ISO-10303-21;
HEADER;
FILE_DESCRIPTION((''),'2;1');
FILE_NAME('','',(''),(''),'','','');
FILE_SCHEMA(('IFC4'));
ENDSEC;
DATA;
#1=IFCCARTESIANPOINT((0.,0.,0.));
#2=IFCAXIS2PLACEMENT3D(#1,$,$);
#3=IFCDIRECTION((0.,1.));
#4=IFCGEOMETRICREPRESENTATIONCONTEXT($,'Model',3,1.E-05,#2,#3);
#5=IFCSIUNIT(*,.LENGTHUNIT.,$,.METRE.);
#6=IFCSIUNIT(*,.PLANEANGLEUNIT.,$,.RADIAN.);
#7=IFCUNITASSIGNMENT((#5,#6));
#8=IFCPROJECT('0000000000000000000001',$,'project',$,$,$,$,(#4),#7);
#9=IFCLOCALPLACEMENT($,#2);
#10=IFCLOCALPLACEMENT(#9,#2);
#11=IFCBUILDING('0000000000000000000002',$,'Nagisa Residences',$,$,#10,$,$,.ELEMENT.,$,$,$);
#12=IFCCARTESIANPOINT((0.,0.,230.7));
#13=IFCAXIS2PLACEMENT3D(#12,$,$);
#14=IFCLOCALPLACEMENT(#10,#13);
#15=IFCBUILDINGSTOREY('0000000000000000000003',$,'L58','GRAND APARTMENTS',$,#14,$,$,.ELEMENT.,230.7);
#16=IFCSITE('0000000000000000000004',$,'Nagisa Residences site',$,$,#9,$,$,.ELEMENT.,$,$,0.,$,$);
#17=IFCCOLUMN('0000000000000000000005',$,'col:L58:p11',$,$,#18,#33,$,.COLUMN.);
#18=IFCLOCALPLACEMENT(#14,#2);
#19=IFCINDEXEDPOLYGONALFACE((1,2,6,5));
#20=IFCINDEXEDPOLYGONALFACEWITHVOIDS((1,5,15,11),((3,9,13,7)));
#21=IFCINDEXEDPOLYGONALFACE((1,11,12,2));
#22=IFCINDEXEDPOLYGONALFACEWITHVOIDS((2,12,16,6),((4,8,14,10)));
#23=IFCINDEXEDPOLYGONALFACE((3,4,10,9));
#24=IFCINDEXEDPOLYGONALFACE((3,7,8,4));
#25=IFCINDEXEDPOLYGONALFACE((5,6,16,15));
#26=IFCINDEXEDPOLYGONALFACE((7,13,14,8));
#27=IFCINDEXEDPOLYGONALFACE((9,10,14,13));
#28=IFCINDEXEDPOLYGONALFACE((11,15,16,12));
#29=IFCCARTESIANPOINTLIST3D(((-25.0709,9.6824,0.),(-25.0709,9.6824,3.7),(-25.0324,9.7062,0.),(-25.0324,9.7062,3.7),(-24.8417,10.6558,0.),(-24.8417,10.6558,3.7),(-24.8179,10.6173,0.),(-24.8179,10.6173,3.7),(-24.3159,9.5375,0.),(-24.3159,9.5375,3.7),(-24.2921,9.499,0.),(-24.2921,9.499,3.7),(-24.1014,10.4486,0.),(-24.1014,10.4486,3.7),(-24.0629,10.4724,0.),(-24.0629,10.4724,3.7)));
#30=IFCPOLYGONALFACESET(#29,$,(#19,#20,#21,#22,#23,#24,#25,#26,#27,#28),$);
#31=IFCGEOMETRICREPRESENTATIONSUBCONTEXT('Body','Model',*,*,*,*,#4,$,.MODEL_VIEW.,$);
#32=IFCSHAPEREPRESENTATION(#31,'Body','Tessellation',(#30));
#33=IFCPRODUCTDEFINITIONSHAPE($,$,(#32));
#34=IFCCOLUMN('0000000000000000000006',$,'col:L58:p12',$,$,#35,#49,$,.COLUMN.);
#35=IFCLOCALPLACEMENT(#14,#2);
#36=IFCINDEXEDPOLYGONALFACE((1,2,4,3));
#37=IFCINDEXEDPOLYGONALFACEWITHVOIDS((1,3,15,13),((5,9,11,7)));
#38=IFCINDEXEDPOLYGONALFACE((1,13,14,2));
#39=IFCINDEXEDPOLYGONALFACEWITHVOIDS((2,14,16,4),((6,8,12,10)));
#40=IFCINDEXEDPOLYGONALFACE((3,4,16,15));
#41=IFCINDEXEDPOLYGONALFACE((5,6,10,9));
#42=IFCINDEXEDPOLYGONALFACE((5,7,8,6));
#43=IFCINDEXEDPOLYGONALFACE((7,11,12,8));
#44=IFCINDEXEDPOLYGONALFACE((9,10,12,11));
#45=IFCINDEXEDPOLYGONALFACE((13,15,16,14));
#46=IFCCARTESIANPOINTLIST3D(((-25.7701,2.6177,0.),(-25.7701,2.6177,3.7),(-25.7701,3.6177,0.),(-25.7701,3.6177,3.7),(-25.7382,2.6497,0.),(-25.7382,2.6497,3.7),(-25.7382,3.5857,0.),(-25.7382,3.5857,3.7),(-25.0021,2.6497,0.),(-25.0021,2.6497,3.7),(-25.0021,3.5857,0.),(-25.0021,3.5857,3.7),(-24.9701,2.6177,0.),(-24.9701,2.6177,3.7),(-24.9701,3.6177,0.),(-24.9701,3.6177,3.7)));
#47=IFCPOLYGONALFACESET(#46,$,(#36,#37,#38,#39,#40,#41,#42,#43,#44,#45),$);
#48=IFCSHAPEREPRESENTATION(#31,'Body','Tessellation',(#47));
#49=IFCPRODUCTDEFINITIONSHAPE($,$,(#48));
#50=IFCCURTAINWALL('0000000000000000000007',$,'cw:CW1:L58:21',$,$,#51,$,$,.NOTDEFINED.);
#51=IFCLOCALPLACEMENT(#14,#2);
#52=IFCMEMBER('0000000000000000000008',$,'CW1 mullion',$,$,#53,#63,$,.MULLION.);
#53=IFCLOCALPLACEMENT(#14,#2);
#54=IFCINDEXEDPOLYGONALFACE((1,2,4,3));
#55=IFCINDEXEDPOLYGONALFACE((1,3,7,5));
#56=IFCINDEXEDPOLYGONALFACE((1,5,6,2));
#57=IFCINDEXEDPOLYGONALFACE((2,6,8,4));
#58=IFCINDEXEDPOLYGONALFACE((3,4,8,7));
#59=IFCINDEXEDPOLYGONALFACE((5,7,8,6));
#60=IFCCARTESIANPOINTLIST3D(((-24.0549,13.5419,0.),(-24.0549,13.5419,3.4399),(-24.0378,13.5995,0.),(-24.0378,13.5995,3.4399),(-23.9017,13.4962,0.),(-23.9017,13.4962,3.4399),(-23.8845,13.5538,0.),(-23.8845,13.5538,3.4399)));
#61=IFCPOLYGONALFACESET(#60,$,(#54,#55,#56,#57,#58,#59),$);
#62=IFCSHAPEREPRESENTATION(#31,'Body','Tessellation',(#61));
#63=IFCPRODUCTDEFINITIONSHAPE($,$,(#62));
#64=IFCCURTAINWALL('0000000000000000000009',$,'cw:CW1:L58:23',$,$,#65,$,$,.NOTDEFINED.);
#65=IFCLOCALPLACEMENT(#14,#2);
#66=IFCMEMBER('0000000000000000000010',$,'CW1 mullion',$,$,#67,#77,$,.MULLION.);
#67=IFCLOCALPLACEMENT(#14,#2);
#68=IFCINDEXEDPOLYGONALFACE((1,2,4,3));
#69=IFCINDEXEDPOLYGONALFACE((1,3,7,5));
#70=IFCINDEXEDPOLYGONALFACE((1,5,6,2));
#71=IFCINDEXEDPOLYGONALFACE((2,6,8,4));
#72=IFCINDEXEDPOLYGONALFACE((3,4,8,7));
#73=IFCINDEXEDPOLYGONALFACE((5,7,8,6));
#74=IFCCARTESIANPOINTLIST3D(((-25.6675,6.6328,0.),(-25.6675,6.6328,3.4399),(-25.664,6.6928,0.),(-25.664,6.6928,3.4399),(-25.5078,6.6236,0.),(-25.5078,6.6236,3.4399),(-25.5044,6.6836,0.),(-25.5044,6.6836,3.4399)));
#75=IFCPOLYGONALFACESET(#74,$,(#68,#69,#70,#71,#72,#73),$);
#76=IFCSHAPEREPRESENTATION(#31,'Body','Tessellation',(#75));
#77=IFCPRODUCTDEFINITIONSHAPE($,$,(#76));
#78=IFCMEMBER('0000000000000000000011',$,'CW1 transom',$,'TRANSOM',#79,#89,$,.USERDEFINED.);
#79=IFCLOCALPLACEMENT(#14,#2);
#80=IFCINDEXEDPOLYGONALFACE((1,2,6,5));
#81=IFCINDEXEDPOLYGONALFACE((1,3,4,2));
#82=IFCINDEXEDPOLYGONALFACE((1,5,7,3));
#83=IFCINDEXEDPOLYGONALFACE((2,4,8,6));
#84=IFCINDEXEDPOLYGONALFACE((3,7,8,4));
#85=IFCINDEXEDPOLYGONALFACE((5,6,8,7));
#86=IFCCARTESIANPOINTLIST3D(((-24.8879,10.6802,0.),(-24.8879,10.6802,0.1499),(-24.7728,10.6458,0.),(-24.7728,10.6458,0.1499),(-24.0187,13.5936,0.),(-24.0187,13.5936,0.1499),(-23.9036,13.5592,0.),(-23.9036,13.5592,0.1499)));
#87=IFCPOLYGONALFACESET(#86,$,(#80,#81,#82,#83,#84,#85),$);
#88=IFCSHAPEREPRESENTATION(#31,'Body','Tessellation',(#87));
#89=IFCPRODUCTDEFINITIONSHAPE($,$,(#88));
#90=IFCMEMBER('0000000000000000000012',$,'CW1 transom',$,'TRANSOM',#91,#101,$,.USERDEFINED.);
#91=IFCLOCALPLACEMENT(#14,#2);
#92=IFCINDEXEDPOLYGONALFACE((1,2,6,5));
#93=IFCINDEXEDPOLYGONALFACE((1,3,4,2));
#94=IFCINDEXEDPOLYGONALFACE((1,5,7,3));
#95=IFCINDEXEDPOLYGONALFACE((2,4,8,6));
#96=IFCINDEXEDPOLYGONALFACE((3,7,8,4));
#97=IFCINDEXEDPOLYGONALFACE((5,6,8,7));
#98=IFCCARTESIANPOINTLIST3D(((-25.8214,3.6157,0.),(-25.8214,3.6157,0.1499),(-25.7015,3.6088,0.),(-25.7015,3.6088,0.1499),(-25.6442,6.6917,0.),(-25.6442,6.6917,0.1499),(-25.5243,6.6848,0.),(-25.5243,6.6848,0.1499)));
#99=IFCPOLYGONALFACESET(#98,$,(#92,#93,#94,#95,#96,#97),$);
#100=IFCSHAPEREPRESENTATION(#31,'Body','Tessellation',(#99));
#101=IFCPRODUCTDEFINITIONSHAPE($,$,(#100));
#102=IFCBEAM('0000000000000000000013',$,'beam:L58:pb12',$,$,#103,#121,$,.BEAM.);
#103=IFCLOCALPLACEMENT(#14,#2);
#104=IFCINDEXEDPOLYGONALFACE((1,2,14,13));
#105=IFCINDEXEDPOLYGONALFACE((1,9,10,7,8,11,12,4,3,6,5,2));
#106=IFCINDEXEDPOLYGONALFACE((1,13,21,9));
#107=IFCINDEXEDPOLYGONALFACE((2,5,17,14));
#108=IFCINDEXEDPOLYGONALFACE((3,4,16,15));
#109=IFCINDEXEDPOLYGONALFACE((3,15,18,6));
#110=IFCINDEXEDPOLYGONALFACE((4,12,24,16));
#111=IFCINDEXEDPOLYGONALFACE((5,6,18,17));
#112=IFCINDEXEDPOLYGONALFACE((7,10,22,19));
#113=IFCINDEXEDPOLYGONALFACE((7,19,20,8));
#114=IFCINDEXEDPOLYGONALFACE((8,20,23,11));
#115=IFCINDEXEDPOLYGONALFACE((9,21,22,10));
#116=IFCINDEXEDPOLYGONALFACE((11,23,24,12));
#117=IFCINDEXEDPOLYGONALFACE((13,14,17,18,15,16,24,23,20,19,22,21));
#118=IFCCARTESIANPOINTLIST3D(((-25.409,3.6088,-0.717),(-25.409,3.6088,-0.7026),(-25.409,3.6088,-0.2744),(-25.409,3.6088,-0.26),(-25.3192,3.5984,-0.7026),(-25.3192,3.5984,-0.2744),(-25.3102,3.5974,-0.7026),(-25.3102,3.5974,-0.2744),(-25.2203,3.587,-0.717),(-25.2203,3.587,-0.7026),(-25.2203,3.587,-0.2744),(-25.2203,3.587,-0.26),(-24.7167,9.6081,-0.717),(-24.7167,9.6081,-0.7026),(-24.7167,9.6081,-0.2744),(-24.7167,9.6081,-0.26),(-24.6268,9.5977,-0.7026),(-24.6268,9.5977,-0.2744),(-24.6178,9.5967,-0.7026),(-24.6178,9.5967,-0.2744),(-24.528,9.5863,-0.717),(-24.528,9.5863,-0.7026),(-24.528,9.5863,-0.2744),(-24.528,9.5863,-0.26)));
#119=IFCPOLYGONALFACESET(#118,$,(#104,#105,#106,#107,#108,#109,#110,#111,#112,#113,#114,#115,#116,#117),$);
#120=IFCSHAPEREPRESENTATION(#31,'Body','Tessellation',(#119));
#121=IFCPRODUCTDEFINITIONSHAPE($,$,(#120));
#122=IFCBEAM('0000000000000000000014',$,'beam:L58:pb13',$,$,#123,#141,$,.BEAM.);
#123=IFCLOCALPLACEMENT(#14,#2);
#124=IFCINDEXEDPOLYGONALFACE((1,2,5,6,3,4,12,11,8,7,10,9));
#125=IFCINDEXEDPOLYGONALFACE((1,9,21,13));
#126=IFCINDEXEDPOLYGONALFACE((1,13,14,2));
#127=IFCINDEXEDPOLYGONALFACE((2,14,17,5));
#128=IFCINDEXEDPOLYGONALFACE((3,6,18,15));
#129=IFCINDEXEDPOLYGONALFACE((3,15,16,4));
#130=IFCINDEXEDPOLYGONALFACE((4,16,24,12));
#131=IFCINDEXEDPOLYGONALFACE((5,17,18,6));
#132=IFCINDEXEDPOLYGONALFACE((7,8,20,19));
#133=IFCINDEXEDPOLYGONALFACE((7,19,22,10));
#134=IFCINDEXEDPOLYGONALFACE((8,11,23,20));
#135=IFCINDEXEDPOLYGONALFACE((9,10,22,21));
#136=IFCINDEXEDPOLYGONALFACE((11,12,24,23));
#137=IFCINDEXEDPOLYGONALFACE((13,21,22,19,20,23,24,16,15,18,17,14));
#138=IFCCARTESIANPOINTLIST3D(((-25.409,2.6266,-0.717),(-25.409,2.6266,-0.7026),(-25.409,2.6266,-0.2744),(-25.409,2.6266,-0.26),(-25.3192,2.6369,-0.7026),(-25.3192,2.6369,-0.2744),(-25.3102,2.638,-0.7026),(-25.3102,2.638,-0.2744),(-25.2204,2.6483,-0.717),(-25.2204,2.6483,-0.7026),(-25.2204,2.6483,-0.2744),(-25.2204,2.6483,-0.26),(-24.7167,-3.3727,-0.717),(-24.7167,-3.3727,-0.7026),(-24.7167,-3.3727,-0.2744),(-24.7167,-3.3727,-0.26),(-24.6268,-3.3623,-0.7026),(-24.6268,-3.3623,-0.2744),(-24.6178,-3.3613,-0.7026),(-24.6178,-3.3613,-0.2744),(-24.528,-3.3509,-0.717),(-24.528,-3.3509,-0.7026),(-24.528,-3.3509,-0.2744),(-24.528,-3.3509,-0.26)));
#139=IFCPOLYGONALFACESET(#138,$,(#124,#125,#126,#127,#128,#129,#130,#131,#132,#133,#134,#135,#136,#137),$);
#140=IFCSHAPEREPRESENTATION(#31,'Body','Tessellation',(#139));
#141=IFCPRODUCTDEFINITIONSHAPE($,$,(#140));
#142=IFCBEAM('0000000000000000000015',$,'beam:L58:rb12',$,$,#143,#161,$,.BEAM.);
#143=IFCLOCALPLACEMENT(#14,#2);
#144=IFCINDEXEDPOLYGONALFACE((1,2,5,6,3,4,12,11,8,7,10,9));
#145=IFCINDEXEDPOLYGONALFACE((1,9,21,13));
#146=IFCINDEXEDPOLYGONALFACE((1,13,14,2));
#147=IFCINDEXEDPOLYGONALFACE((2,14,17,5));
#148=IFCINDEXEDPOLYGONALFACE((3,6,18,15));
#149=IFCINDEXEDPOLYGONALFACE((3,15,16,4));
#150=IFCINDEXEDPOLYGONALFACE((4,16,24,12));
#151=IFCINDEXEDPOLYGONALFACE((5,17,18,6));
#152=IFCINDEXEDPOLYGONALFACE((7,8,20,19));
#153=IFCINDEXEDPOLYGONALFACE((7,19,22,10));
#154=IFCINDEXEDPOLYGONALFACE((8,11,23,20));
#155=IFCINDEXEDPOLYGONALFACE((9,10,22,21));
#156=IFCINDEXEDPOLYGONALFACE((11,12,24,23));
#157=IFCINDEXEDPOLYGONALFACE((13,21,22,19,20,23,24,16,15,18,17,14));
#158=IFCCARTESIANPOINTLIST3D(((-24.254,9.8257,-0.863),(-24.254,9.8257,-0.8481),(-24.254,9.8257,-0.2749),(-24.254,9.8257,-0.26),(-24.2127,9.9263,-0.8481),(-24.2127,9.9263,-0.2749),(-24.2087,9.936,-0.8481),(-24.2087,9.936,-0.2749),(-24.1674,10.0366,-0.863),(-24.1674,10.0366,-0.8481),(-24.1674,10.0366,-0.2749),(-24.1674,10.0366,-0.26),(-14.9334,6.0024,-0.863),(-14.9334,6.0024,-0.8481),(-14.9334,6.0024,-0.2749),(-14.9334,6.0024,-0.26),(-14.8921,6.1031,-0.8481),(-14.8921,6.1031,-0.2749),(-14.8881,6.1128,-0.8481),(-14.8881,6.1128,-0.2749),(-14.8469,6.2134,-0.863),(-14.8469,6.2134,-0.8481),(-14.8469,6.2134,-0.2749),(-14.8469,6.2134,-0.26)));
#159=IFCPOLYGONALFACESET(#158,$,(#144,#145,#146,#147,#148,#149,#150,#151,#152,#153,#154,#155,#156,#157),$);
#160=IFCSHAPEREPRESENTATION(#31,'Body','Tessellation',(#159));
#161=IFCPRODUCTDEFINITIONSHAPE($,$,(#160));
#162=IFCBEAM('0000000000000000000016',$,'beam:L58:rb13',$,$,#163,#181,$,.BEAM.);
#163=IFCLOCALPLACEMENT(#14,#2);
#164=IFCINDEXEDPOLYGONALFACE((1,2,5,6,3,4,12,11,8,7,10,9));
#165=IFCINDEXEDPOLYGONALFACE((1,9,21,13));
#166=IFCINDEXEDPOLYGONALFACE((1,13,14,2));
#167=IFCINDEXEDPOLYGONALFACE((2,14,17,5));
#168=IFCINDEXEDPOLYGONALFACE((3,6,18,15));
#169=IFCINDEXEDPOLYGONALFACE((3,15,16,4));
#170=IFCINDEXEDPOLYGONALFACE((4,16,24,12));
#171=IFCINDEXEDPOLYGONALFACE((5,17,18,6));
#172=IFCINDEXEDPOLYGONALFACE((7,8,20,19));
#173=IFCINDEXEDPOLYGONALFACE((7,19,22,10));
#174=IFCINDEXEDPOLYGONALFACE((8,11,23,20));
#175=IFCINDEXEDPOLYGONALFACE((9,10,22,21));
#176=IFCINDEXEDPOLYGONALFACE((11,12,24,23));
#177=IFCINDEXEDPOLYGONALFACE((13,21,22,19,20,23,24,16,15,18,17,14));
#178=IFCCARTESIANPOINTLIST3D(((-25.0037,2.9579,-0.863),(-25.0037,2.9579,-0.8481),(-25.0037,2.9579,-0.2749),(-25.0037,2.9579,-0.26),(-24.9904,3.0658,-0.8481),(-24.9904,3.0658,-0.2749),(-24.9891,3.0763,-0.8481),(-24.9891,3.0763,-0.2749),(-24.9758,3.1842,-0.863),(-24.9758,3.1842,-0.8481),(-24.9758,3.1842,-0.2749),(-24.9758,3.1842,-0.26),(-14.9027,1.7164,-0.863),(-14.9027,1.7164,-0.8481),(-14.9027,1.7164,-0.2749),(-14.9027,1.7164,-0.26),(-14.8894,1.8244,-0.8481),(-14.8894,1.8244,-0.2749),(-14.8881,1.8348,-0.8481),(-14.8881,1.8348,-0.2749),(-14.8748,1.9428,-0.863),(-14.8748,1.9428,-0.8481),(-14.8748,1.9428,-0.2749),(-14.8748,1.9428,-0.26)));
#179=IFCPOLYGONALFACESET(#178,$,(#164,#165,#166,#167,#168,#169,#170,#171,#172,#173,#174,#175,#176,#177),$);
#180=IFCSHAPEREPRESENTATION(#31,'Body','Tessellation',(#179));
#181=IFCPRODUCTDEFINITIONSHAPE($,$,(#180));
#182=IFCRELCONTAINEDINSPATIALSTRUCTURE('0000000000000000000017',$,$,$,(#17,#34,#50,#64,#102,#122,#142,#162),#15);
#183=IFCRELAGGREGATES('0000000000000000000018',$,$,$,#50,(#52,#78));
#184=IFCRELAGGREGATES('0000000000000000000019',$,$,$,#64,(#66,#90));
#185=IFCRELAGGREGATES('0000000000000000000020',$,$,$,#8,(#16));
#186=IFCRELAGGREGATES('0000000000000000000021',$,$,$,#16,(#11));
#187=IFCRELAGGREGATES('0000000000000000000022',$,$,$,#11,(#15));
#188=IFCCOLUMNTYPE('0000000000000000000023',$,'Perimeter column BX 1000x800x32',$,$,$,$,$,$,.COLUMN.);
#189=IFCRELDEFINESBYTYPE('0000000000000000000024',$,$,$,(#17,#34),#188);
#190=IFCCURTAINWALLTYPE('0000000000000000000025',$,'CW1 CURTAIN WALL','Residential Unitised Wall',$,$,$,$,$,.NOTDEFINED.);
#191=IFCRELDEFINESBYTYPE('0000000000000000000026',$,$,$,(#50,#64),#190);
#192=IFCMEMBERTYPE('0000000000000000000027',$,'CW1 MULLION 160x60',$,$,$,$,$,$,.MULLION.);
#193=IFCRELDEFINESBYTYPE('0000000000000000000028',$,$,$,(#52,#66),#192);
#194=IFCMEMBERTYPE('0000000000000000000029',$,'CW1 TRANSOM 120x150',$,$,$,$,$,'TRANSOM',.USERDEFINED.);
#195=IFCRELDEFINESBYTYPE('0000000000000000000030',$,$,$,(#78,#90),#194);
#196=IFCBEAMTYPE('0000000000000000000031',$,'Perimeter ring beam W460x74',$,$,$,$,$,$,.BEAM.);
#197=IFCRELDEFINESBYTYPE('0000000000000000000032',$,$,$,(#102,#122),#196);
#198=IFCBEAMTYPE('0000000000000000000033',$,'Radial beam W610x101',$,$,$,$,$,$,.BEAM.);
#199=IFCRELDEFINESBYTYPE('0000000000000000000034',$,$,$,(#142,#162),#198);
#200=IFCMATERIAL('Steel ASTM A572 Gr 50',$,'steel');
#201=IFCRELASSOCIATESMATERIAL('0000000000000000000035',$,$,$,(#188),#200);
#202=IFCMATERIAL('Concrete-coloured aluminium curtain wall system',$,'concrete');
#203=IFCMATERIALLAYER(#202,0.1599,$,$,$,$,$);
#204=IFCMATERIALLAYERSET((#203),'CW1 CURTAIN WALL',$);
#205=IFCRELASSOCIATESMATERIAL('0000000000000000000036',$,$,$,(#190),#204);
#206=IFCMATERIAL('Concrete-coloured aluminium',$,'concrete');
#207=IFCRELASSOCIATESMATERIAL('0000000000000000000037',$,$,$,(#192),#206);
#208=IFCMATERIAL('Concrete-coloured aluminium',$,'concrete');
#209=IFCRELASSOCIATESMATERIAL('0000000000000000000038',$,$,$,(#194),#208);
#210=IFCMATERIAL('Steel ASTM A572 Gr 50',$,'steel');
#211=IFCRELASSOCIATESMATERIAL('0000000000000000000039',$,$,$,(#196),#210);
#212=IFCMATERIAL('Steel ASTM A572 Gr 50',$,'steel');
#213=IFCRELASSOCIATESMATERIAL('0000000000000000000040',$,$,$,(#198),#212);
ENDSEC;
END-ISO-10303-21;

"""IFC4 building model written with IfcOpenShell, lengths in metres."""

from ifc_helpers import new_model, si_unit, direction, frame, origin, origin_2d, place, context, subcontext, project, spatial, rectangle, hollow_rectangle, i_section, extrude, material, layer, layer_set, material_profile, profile_set, type_object, element, aggregate, save


model = new_model("IFC4")

# Units and contexts
model_context = context("Model", 3, precision=1e-05, world=origin(), true_north=direction((0.0, 1.0)))
body_context = subcontext(model_context, "Body", "Model", "MODEL_VIEW")
ifc_project = project(units=[si_unit("LENGTHUNIT", "METRE"), si_unit("PLANEANGLEUNIT", "RADIAN")], contexts=[model_context])

# Site, building, storey
site_placement = place(None, origin())
site = spatial("IfcSite", under=ifc_project, at=site_placement, Name="Nagisa Residences site", CompositionType="ELEMENT", RefElevation=0.0)
building_placement = place(site_placement, origin())
building = spatial("IfcBuilding", under=site, at=building_placement, Name="Nagisa Residences", CompositionType="ELEMENT")
storey_placement = place(building_placement, frame((0.0, 0.0, 230.7)))
storey = spatial("IfcBuildingStorey", under=building, at=storey_placement, Name="L58", Description="GRAND APARTMENTS", CompositionType="ELEMENT", Elevation=230.7)

# Columns
ifc_material_1 = material(Name="Steel ASTM A572 Gr 50", Category="steel")
ifc_material_profile_1 = material_profile(ifc_material_1, hollow_rectangle(XDim=1.0, YDim=0.8, WallThickness=0.032, at=origin_2d()), Name="BX 1000x800x32")
ifc_profile_set_1 = profile_set([ifc_material_profile_1], Name="Steel ASTM A572 Gr 50")
column_type = type_object("IfcColumnType", Name="Perimeter column BX 1000x800x32", PredefinedType="COLUMN", material=ifc_profile_set_1)
for number, where, z_axis, x_axis, name in (
    (1, (-24.5669, 10.0774, 0.0), (0.0, 0.0, 1.0), (-0.229202, -0.973379, 0.0), "col:L58:p11"),
    (2, (-25.3701, 3.1177, 0.0), (0.0, 0.0, 1.0), (0.0, -1.0, 0.0), "col:L58:p12"),
):
    element("IfcColumn", number, at=place(storey_placement, frame(where, z_axis=z_axis, x_axis=x_axis)), inside=storey, type_object=column_type, Name=name, PredefinedType="COLUMN", context=body_context, shape_type="SweptSolid", body=[
        extrude(hollow_rectangle(XDim=1.0, YDim=0.8, WallThickness=0.032, at=origin_2d()), origin(), (0.0, 0.0, 1.0), 3.7),
    ])

# Curtain walls, members
ifc_material_2 = material(Name="Concrete-coloured aluminium curtain wall system", Category="concrete")
ifc_layer_1 = layer(ifc_material_2, 0.1599)
ifc_layer_set_1 = layer_set([ifc_layer_1], Name="CW1 CURTAIN WALL")
curtain_wall_type = type_object("IfcCurtainWallType", Name="CW1 CURTAIN WALL", Description="Residential Unitised Wall", PredefinedType="NOTDEFINED", material=ifc_layer_set_1)
curtain_wall_1_placement = place(storey_placement, origin())
curtain_wall_1 = element("IfcCurtainWall", 3, at=curtain_wall_1_placement, inside=storey, type_object=curtain_wall_type, Name="cw:CW1:L58:21", PredefinedType="NOTDEFINED")
ifc_material_3 = material(Name="Concrete-coloured aluminium", Category="concrete")
ifc_material_profile_2 = material_profile(ifc_material_3, rectangle(XDim=0.1599, YDim=0.0601, at=origin_2d()), Name="CW1 MULLION 160x60")
ifc_profile_set_2 = profile_set([ifc_material_profile_2], Name="Concrete-coloured aluminium")
member_type_1 = type_object("IfcMemberType", Name="CW1 MULLION 160x60", PredefinedType="MULLION", material=ifc_profile_set_2)
member_1_placement = place(storey_placement, frame((-23.9697, 13.5479, 0.0), z_axis=(0.0, 0.0, 1.0), x_axis=(0.958271, -0.28586, 0.0)))
member_1 = element("IfcMember", 4, at=member_1_placement, type_object=member_type_1, Name="CW1 mullion", PredefinedType="MULLION", context=body_context, shape_type="SweptSolid", body=[
    extrude(rectangle(XDim=0.1599, YDim=0.0601, at=origin_2d()), origin(), (0.0, 0.0, 1.0), 3.4399),
])
curtain_wall_2_placement = place(storey_placement, origin())
curtain_wall_2 = element("IfcCurtainWall", 5, at=curtain_wall_2_placement, inside=storey, type_object=curtain_wall_type, Name="cw:CW1:L58:23", PredefinedType="NOTDEFINED")
member_2_placement = place(storey_placement, frame((-25.5859, 6.6582, 0.0), z_axis=(0.0, 0.0, 1.0), x_axis=(0.998345, -0.057503, 0.0)))
member_2 = element("IfcMember", 6, at=member_2_placement, type_object=member_type_1, Name="CW1 mullion", PredefinedType="MULLION", context=body_context, shape_type="SweptSolid", body=[
    extrude(rectangle(XDim=0.1599, YDim=0.0601, at=origin_2d()), origin(), (0.0, 0.0, 1.0), 3.4399),
])

# Members
ifc_material_4 = material(Name="Concrete-coloured aluminium", Category="concrete")
ifc_material_profile_3 = material_profile(ifc_material_4, rectangle(XDim=0.1201, YDim=0.1499, at=origin_2d()), Name="CW1 TRANSOM 120x150")
ifc_profile_set_3 = profile_set([ifc_material_profile_3], Name="Concrete-coloured aluminium")
member_type_2 = type_object("IfcMemberType", Name="CW1 TRANSOM 120x150", ElementType="TRANSOM", PredefinedType="USERDEFINED", material=ifc_profile_set_3)
member_3_placement = place(storey_placement, frame((-23.9612, 13.5764, 0.075), z_axis=(-0.285881, -0.958265, 0.0), x_axis=(0.958265, -0.285881, 0.0)))
member_3 = element("IfcMember", 7, at=member_3_placement, type_object=member_type_2, Name="CW1 transom", ObjectType="TRANSOM", PredefinedType="USERDEFINED", context=body_context, shape_type="SweptSolid", body=[
    extrude(rectangle(XDim=0.1201, YDim=0.1499, at=origin_2d()), origin(), (0.0, 0.0, 1.0), 3.0403),
])
member_4_placement = place(storey_placement, frame((-25.5842, 6.6882, 0.075), z_axis=(-0.057528, -0.998344, 0.0), x_axis=(0.998344, -0.057528, 0.0)))
member_4 = element("IfcMember", 8, at=member_4_placement, type_object=member_type_2, Name="CW1 transom", ObjectType="TRANSOM", PredefinedType="USERDEFINED", context=body_context, shape_type="SweptSolid", body=[
    extrude(rectangle(XDim=0.1201, YDim=0.1499, at=origin_2d()), origin(), (0.0, 0.0, 1.0), 3.0811),
])

# Beams
ifc_material_5 = material(Name="Steel ASTM A572 Gr 50", Category="steel")
ifc_material_profile_4 = material_profile(ifc_material_5, i_section(OverallWidth=0.1899, OverallDepth=0.457, WebThickness=0.009, FlangeThickness=0.0144, at=origin_2d()), Name="W460x74")
ifc_profile_set_4 = profile_set([ifc_material_profile_4], Name="Steel ASTM A572 Gr 50")
beam_type_1 = type_object("IfcBeamType", Name="Perimeter ring beam W460x74", PredefinedType="BEAM", material=ifc_profile_set_4)
for number, where, z_axis, x_axis, name in (
    (9, (-24.6223, 9.5972, -0.4885), (-0.11465, -0.993406, 0.0), (0.993406, -0.11465, 0.0), "beam:L58:pb12"),
    (10, (-25.3147, 2.6375, -0.4885), (0.11465, -0.993406, 0.0), (0.993406, 0.11465, 0.0), "beam:L58:pb13"),
):
    element("IfcBeam", number, at=place(storey_placement, frame(where, z_axis=z_axis, x_axis=x_axis)), inside=storey, type_object=beam_type_1, Name=name, PredefinedType="BEAM", context=body_context, shape_type="SweptSolid", body=[
        extrude(i_section(OverallWidth=0.1899, OverallDepth=0.457, WebThickness=0.009, FlangeThickness=0.0144, at=origin_2d()), origin(), (0.0, 0.0, 1.0), 6.0391),
    ])
ifc_material_6 = material(Name="Steel ASTM A572 Gr 50", Category="steel")
ifc_material_profile_5 = material_profile(ifc_material_6, i_section(OverallWidth=0.228, OverallDepth=0.603, WebThickness=0.0105, FlangeThickness=0.0149, at=origin_2d()), Name="W610x101")
ifc_profile_set_5 = profile_set([ifc_material_profile_5], Name="Steel ASTM A572 Gr 50")
beam_type_2 = type_object("IfcBeamType", Name="Radial beam W610x101", PredefinedType="BEAM", material=ifc_profile_set_5)
beam_1_placement = place(storey_placement, frame((-24.2107, 9.9312, -0.5615), z_axis=(0.925189, -0.379507, 0.0), x_axis=(0.379507, 0.925189, 0.0)))
element("IfcBeam", 11, at=beam_1_placement, inside=storey, type_object=beam_type_2, Name="beam:L58:rb12", PredefinedType="BEAM", context=body_context, shape_type="SweptSolid", body=[
    extrude(i_section(OverallWidth=0.228, OverallDepth=0.603, WebThickness=0.0105, FlangeThickness=0.0149, at=origin_2d()), origin(), (0.0, 0.0, 1.0), 10.0742),
])
beam_2_placement = place(storey_placement, frame((-24.9897, 3.071, -0.5615), z_axis=(0.992532, -0.121985, 0.0), x_axis=(0.121985, 0.992532, 0.0)))
element("IfcBeam", 12, at=beam_2_placement, inside=storey, type_object=beam_type_2, Name="beam:L58:rb13", PredefinedType="BEAM", context=body_context, shape_type="SweptSolid", body=[
    extrude(i_section(OverallWidth=0.228, OverallDepth=0.603, WebThickness=0.0105, FlangeThickness=0.0149, at=origin_2d()), origin(), (0.0, 0.0, 1.0), 10.177),
])

aggregate(curtain_wall_1, [member_1, member_3])
aggregate(curtain_wall_2, [member_2, member_4])

save(model, "model.ifc")
